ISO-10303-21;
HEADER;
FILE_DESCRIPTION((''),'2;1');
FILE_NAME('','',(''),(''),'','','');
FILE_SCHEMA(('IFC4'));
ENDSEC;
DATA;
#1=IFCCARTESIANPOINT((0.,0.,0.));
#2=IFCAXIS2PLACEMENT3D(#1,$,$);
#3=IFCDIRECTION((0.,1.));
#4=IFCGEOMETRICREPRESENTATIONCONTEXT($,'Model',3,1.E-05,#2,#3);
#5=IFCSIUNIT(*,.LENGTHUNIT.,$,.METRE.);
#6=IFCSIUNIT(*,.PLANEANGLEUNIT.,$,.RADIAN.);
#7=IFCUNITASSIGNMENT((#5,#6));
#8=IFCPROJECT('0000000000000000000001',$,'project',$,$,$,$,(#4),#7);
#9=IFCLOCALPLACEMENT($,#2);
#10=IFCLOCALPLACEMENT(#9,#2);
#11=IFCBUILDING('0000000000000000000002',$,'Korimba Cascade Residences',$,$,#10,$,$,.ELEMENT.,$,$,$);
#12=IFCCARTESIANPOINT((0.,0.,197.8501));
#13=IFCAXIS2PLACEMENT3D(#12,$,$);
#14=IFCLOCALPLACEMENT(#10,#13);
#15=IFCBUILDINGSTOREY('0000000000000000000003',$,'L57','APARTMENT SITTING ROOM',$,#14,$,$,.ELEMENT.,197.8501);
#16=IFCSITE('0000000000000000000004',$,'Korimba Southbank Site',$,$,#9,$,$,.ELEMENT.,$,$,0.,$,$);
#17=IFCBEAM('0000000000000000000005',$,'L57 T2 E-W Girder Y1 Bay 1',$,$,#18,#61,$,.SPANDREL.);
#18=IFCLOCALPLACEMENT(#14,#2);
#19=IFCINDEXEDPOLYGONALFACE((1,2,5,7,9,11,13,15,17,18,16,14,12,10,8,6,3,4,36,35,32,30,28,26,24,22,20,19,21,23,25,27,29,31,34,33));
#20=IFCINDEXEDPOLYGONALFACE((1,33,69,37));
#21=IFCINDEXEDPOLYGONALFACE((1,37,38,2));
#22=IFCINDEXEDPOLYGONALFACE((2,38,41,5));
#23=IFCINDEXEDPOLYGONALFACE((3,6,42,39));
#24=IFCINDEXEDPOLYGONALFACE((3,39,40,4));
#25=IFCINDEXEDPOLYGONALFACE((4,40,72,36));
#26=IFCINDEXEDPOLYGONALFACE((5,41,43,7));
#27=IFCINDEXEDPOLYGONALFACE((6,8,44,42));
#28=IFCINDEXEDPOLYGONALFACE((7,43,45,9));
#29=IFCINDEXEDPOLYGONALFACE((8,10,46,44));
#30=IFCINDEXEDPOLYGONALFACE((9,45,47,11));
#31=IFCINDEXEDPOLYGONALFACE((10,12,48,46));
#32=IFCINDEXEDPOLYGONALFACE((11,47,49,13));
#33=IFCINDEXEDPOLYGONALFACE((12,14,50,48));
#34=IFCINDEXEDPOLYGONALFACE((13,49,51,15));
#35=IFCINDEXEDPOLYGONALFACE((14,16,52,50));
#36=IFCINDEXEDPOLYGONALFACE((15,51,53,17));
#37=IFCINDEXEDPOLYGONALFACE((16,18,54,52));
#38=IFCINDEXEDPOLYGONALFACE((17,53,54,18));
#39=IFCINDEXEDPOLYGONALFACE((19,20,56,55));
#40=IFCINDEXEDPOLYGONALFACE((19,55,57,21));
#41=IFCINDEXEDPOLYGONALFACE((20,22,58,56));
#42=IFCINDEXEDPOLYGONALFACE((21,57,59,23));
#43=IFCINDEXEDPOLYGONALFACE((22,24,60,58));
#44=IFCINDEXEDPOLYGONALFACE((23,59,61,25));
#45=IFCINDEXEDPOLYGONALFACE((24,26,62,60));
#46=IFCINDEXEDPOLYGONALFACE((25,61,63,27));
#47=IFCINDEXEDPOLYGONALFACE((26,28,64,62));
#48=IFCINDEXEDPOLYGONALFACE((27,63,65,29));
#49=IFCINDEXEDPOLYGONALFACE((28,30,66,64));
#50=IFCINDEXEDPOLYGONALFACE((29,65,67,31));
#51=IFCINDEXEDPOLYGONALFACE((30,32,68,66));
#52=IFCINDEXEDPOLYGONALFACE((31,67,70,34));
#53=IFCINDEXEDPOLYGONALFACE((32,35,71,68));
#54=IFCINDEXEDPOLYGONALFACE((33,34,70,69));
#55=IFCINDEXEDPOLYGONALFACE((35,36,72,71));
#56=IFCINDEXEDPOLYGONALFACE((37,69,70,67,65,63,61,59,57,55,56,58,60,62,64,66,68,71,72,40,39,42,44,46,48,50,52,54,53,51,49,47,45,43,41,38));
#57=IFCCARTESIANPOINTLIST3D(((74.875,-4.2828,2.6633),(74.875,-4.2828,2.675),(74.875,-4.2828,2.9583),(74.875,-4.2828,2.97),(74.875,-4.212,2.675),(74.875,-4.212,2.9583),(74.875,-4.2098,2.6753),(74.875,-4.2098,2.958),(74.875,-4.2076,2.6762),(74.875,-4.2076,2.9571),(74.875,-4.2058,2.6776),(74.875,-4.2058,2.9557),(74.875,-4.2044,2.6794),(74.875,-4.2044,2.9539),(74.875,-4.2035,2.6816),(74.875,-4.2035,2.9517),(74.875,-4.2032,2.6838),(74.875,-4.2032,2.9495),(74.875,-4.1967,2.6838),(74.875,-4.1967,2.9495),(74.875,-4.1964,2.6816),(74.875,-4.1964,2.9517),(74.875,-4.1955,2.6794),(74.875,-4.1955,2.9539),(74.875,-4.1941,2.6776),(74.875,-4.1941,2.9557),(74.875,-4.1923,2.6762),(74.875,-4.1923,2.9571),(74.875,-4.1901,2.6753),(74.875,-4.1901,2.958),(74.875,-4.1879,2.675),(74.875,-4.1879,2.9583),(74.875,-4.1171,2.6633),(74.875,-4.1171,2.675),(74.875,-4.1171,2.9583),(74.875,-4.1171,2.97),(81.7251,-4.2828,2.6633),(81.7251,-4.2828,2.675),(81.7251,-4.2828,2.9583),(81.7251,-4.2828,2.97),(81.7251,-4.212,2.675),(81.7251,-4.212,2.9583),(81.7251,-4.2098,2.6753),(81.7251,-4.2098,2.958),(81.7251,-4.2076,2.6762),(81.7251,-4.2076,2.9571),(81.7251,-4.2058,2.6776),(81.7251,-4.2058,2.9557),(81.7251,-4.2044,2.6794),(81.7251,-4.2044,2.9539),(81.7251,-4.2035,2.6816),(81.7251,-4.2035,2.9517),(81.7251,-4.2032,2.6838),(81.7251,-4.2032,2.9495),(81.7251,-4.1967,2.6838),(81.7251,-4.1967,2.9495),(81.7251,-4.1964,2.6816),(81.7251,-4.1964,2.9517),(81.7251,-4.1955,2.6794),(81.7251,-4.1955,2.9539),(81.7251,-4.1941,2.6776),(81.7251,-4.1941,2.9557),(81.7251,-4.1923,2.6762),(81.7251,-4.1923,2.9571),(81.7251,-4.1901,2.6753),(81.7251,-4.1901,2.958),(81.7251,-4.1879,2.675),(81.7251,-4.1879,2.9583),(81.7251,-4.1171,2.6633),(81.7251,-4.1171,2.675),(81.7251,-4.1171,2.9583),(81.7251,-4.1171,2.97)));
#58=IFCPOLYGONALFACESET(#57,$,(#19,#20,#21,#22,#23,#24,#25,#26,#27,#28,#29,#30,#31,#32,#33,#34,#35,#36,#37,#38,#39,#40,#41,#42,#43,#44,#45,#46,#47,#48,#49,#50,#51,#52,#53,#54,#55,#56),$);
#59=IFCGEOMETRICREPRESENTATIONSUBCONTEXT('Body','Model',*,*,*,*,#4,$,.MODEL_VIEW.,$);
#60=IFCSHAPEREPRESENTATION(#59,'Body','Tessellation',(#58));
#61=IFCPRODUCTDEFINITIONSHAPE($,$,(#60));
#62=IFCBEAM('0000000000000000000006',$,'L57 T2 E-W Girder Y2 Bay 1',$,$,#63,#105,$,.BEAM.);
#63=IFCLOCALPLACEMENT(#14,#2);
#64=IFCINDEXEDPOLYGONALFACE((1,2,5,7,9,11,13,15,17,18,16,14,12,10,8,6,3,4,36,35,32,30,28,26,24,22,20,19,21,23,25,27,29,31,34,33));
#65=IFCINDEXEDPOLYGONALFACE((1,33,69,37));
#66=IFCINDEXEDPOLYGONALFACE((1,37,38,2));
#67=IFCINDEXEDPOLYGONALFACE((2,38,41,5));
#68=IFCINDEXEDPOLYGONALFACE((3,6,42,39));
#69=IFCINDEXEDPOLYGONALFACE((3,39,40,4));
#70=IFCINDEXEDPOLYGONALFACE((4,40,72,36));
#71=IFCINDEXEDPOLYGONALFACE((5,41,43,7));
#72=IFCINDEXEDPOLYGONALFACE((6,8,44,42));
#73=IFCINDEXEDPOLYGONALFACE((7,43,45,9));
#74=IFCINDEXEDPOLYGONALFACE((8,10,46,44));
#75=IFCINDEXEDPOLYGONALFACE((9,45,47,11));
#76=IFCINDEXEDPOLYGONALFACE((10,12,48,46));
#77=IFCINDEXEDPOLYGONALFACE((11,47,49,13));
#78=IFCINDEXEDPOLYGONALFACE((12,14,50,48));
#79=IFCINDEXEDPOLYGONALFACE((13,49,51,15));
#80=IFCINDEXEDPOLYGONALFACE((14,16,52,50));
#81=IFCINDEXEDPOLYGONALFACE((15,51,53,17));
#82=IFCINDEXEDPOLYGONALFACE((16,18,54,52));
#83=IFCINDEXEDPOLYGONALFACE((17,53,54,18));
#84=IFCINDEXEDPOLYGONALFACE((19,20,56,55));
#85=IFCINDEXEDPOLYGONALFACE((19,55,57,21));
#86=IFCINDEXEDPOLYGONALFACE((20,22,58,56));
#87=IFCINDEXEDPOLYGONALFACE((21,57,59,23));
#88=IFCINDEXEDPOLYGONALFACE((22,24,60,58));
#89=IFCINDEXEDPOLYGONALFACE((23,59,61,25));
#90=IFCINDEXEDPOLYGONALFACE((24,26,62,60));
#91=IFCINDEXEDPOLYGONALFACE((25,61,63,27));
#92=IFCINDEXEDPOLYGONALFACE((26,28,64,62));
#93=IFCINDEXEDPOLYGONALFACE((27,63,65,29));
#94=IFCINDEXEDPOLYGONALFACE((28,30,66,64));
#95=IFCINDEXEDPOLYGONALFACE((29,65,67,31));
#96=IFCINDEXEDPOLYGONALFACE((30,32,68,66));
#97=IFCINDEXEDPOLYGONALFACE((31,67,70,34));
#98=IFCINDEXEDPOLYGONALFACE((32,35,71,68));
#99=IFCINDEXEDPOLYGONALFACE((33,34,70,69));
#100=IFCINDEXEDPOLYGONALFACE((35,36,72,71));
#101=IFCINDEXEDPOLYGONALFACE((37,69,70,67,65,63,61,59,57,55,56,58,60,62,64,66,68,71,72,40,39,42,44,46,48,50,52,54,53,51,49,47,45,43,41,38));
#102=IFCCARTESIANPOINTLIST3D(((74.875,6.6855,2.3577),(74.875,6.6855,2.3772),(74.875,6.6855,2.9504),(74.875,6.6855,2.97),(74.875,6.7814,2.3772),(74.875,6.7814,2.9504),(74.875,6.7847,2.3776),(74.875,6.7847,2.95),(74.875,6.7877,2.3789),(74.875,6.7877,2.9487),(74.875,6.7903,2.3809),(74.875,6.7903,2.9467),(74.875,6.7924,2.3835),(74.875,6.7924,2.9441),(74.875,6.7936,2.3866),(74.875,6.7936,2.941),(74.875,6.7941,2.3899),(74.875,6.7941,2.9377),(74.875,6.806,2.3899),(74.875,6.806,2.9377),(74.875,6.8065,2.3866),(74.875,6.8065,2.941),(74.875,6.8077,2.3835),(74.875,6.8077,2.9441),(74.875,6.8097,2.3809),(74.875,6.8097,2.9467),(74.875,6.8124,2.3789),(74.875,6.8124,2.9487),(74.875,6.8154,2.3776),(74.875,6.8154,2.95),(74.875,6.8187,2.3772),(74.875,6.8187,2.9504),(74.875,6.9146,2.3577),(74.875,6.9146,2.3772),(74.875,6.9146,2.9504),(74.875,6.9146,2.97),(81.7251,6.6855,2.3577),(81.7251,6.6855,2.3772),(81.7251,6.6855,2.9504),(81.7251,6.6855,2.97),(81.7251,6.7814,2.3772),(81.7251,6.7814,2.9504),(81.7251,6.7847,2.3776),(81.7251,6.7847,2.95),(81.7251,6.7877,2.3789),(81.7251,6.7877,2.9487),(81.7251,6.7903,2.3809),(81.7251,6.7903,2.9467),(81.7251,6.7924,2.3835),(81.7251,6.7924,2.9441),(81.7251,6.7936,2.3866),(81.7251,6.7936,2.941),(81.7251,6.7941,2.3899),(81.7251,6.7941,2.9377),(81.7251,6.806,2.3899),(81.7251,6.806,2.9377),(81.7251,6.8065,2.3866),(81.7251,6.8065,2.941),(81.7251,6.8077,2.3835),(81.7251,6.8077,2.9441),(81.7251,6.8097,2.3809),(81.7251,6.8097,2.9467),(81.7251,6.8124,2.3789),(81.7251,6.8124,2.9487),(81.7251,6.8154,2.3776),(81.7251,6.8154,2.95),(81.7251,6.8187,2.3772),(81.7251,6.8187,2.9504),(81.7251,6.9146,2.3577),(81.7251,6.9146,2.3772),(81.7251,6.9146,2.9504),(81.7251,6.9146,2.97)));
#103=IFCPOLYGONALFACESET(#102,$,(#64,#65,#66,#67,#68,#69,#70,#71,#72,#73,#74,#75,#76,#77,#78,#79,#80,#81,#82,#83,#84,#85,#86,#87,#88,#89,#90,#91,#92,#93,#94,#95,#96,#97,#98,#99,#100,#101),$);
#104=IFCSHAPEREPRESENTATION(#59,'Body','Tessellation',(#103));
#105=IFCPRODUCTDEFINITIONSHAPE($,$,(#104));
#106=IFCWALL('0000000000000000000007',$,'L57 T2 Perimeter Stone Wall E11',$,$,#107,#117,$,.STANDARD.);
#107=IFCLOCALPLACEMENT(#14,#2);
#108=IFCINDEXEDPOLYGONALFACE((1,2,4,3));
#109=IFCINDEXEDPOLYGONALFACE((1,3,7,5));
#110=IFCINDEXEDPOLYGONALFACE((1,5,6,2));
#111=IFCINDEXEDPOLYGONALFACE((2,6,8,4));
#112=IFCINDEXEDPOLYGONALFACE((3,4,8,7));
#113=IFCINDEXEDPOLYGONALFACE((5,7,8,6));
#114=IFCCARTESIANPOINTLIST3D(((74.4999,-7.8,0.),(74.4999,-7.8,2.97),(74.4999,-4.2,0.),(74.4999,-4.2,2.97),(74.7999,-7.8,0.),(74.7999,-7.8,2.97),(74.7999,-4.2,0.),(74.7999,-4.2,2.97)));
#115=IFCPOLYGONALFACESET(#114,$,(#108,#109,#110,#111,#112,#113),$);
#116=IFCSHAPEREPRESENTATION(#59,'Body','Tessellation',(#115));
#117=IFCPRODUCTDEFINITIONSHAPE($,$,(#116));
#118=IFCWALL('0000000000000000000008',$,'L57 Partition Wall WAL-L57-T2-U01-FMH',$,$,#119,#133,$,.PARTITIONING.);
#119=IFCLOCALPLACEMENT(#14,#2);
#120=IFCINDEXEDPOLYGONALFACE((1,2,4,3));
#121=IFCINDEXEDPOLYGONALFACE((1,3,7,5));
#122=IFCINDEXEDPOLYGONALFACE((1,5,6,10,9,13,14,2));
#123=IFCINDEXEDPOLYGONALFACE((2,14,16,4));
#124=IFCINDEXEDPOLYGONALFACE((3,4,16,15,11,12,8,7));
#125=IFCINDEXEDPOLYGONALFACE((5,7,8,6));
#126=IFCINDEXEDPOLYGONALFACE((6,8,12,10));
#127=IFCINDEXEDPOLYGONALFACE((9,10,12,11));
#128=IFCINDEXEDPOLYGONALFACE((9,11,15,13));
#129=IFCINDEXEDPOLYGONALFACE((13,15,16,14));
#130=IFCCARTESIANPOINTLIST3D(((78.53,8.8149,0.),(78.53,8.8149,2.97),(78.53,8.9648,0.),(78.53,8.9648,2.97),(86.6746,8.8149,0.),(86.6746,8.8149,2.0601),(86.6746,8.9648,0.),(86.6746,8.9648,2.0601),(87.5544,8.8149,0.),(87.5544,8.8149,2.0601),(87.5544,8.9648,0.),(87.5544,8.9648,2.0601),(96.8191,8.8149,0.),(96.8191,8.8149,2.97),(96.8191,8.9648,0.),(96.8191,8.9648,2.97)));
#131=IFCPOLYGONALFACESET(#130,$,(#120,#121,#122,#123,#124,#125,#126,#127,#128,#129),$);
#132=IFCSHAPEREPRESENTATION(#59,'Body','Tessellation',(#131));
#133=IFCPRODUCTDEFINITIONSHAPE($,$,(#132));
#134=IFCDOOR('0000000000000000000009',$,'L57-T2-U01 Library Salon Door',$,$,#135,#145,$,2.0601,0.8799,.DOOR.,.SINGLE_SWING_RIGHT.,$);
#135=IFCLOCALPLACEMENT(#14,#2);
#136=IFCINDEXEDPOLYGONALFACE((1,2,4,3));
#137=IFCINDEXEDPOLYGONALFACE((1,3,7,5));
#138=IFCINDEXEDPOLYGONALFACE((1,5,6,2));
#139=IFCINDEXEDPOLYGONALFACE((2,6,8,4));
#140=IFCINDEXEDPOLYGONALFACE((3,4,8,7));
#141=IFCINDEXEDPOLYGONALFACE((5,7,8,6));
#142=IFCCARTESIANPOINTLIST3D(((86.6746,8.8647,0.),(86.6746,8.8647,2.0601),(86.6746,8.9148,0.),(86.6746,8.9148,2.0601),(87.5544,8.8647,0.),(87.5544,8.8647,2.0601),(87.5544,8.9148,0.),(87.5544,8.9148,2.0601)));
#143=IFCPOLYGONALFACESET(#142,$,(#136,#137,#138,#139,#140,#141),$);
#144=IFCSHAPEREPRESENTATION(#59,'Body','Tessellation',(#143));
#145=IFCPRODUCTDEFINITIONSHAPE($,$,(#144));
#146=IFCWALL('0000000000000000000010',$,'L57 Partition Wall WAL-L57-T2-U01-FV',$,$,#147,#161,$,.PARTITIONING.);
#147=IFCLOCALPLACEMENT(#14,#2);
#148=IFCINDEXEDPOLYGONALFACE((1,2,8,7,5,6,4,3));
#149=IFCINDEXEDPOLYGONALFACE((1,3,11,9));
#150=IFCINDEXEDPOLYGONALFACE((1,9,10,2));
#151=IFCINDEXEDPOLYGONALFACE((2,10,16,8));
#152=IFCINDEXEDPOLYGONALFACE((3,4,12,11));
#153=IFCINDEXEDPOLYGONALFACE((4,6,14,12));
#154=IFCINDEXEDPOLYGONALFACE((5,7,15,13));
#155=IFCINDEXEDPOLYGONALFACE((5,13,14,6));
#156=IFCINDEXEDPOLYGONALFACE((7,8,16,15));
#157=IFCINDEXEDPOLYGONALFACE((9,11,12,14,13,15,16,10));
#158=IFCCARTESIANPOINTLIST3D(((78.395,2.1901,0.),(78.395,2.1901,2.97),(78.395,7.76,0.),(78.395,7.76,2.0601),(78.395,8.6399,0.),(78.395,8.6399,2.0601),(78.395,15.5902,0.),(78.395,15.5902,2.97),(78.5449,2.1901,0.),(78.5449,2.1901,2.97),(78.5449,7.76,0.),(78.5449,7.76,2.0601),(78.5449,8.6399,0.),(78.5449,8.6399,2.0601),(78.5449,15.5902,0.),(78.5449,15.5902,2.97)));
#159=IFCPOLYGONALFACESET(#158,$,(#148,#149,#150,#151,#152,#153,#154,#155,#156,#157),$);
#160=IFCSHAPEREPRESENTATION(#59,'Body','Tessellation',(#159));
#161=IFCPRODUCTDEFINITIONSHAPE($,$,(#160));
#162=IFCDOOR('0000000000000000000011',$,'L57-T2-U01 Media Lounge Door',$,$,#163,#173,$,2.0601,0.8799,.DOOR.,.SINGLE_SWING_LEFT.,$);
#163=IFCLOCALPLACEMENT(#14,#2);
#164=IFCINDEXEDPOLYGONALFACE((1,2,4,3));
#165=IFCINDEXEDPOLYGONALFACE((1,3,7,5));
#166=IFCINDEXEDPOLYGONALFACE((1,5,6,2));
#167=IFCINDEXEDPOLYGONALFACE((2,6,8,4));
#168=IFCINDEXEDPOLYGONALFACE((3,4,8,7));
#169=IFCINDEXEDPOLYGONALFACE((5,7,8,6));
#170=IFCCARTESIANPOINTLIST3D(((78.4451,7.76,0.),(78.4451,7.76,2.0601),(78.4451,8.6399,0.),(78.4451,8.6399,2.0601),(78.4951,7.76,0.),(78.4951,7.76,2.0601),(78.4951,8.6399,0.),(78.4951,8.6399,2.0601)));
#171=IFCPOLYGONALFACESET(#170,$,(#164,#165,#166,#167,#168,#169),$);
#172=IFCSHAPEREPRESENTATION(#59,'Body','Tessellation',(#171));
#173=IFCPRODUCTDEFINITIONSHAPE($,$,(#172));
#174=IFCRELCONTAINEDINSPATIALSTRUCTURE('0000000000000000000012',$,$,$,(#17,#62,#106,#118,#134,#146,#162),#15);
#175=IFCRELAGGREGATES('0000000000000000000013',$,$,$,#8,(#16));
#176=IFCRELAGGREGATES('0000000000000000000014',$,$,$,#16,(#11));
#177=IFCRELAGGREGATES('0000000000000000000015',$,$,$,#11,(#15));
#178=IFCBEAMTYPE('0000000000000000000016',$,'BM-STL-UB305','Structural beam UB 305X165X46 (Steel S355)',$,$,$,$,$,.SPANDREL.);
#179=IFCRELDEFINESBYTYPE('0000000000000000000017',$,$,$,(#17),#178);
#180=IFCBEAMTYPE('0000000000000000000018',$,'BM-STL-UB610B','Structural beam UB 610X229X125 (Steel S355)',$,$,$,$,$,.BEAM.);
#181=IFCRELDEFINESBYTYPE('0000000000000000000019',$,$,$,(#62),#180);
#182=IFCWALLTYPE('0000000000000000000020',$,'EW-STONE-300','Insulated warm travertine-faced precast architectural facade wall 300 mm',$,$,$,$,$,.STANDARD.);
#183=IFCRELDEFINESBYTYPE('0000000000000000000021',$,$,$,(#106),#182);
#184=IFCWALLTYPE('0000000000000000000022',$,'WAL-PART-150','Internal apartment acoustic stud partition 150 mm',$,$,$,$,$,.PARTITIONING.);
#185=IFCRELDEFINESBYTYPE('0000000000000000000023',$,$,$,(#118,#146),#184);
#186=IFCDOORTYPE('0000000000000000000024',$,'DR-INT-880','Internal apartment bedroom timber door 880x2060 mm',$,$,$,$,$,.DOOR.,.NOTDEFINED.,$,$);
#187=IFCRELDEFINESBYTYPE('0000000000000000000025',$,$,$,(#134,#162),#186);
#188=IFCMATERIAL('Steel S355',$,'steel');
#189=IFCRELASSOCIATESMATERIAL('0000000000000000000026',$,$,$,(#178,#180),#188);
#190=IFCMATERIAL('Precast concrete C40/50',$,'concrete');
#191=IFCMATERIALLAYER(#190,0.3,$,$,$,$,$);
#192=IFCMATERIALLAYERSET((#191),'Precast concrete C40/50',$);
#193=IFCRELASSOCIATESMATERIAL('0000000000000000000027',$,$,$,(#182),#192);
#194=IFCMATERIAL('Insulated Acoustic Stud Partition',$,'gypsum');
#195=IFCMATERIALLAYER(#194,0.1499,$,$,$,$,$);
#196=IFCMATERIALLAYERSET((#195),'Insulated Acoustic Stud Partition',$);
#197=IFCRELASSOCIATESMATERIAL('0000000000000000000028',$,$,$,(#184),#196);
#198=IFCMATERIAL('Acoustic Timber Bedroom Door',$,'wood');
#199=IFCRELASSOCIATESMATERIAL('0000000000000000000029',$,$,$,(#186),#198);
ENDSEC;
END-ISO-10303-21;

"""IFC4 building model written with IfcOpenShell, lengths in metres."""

from ifc_helpers import new_model, si_unit, direction, frame, frame_2d, origin, origin_2d, place, context, subcontext, project, spatial, rectangle, i_section, extrude, material, layer, layer_set, material_profile, profile_set, type_object, element, fill, save


model = new_model("IFC4")

# Units and contexts
model_context = context("Model", 3, precision=1e-05, world=origin(), true_north=direction((0.0, 1.0)))
body_context = subcontext(model_context, "Body", "Model", "MODEL_VIEW")
ifc_project = project(units=[si_unit("LENGTHUNIT", "METRE"), si_unit("PLANEANGLEUNIT", "RADIAN")], contexts=[model_context])

# Site, building, storey
site_placement = place(None, origin())
site = spatial("IfcSite", under=ifc_project, at=site_placement, Name="Korimba Southbank Site", CompositionType="ELEMENT", RefElevation=0.0)
building_placement = place(site_placement, origin())
building = spatial("IfcBuilding", under=site, at=building_placement, Name="Korimba Cascade Residences", CompositionType="ELEMENT")
storey_placement = place(building_placement, frame((0.0, 0.0, 197.8501)))
storey = spatial("IfcBuildingStorey", under=building, at=storey_placement, Name="L57", Description="APARTMENT SITTING ROOM", CompositionType="ELEMENT", Elevation=197.8501)

# Beams
ifc_material_1 = material(Name="Steel S355", Category="steel")
ifc_material_profile_1 = material_profile(ifc_material_1, i_section(OverallWidth=0.1658, OverallDepth=0.3066, WebThickness=0.0066, FlangeThickness=0.0117, FilletRadius=0.0088, at=origin_2d()), Name="Steel S355")
ifc_profile_set_1 = profile_set([ifc_material_profile_1], Name="Steel S355")
beam_type_1 = type_object("IfcBeamType", Name="BM-STL-UB305", Description="Structural beam UB 305X165X46 (Steel S355)", PredefinedType="SPANDREL", material=ifc_profile_set_1)
beam_1_placement = place(storey_placement, frame((74.875, -4.2, 2.8167), z_axis=(1.0, 0.0, 0.0), x_axis=(0.0, 1.0, 0.0)))
element("IfcBeam", 1, at=beam_1_placement, inside=storey, type_object=beam_type_1, Name="L57 T2 E-W Girder Y1 Bay 1", PredefinedType="SPANDREL", context=body_context, shape_type="SweptSolid", body=[
    extrude(i_section(OverallWidth=0.1658, OverallDepth=0.3066, WebThickness=0.0066, FlangeThickness=0.0117, FilletRadius=0.0088, at=origin_2d()), origin(), (0.0, 0.0, 1.0), 6.8501),
])
ifc_material_profile_2 = material_profile(ifc_material_1, i_section(OverallWidth=0.229, OverallDepth=0.6123, WebThickness=0.012, FlangeThickness=0.0195, FilletRadius=0.0127, at=origin_2d()), Name="Steel S355")
ifc_profile_set_2 = profile_set([ifc_material_profile_2], Name="Steel S355")
beam_type_2 = type_object("IfcBeamType", Name="BM-STL-UB610B", Description="Structural beam UB 610X229X125 (Steel S355)", PredefinedType="BEAM", material=ifc_profile_set_2)
beam_2_placement = place(storey_placement, frame((74.875, 6.8, 2.6638), z_axis=(1.0, 0.0, 0.0), x_axis=(0.0, 1.0, 0.0)))
element("IfcBeam", 2, at=beam_2_placement, inside=storey, type_object=beam_type_2, Name="L57 T2 E-W Girder Y2 Bay 1", PredefinedType="BEAM", context=body_context, shape_type="SweptSolid", body=[
    extrude(i_section(OverallWidth=0.229, OverallDepth=0.6123, WebThickness=0.012, FlangeThickness=0.0195, FilletRadius=0.0127, at=origin_2d()), origin(), (0.0, 0.0, 1.0), 6.8501),
])

# Wall
ifc_material_2 = material(Name="Precast concrete C40/50", Category="concrete")
ifc_layer_1 = layer(ifc_material_2, 0.3)
ifc_layer_set_1 = layer_set([ifc_layer_1], Name="Precast concrete C40/50")
wall_type_1 = type_object("IfcWallType", Name="EW-STONE-300", Description="Insulated warm travertine-faced precast architectural facade wall 300 mm", PredefinedType="STANDARD", material=ifc_layer_set_1)
wall_1_placement = place(storey_placement, frame((74.6499, -4.2, 0.0), z_axis=(0.0, 0.0, 1.0), x_axis=(0.0, -1.0, 0.0)))
element("IfcWall", 3, at=wall_1_placement, inside=storey, type_object=wall_type_1, Name="L57 T2 Perimeter Stone Wall E11", PredefinedType="STANDARD", context=body_context, shape_type="SweptSolid", body=[
    extrude(rectangle(XDim=3.6001, YDim=0.3, at=frame_2d((1.8, 0.0))), origin(), (0.0, 0.0, 1.0), 2.97),
])

# Walls, openings, doors
ifc_material_3 = material(Name="Insulated Acoustic Stud Partition", Category="gypsum")
ifc_layer_2 = layer(ifc_material_3, 0.1499)
ifc_layer_set_2 = layer_set([ifc_layer_2], Name="Insulated Acoustic Stud Partition")
wall_type_2 = type_object("IfcWallType", Name="WAL-PART-150", Description="Internal apartment acoustic stud partition 150 mm", PredefinedType="PARTITIONING", material=ifc_layer_set_2)
wall_2_placement = place(storey_placement, frame((78.53, 8.8899, 0.0), z_axis=(0.0, 0.0, 1.0), x_axis=(1.0, 0.0, 0.0)))
wall_2 = element("IfcWall", 4, at=wall_2_placement, inside=storey, type_object=wall_type_2, Name="L57 Partition Wall WAL-L57-T2-U01-FMH", PredefinedType="PARTITIONING", context=body_context, shape_type="SweptSolid", body=[
    extrude(rectangle(XDim=18.2891, YDim=0.1499, at=frame_2d((9.1445, 0.0))), origin(), (0.0, 0.0, 1.0), 2.97),
])
opening_1_placement = place(wall_2_placement, frame((8.1445, 0.0, 0.0)))
opening_1 = element("IfcOpeningElement", 5, at=opening_1_placement, cuts=wall_2, PredefinedType="OPENING", context=body_context, shape_type="SweptSolid", body=[
    extrude(rectangle(XDim=0.8799, YDim=2.0601, at=frame_2d((0.4399, 1.03))), frame((0.0, 0.085, 0.0), z_axis=(0.0, -1.0, 0.0), x_axis=(1.0, 0.0, 0.0)), (0.0, 0.0, 1.0), 0.1699),
])
ifc_material_4 = material(Name="Acoustic Timber Bedroom Door", Category="wood")
door_type_1 = type_object("IfcDoorType", Name="DR-INT-880", Description="Internal apartment bedroom timber door 880x2060 mm", OperationType="NOTDEFINED", PredefinedType="DOOR", material=ifc_material_4)
door_1_placement = place(opening_1_placement, origin())
door_1 = element("IfcDoor", 6, at=door_1_placement, inside=storey, type_object=door_type_1, Name="L57-T2-U01 Library Salon Door", OperationType="SINGLE_SWING_RIGHT", OverallHeight=2.0601, OverallWidth=0.8799, PredefinedType="DOOR", context=body_context, shape_type="SweptSolid", body=[
    extrude(rectangle(XDim=0.8799, YDim=2.0601, at=frame_2d((0.4399, 1.03))), frame((0.0, 0.0249, 0.0), z_axis=(0.0, -1.0, 0.0), x_axis=(1.0, 0.0, 0.0)), (0.0, 0.0, 1.0), 0.05),
])
fill(opening_1, door_1)
wall_3_placement = place(storey_placement, frame((78.47, 2.1899, 0.0), z_axis=(0.0, 0.0, 1.0), x_axis=(0.0, 1.0, 0.0)))
wall_3 = element("IfcWall", 7, at=wall_3_placement, inside=storey, type_object=wall_type_2, Name="L57 Partition Wall WAL-L57-T2-U01-FV", PredefinedType="PARTITIONING", context=body_context, shape_type="SweptSolid", body=[
    extrude(rectangle(XDim=13.4001, YDim=0.1499, at=frame_2d((6.7002, 0.0))), origin(), (0.0, 0.0, 1.0), 2.97),
])
opening_2_placement = place(wall_3_placement, frame((5.5701, 0.0, 0.0)))
opening_2 = element("IfcOpeningElement", 8, at=opening_2_placement, cuts=wall_3, PredefinedType="OPENING", context=body_context, shape_type="SweptSolid", body=[
    extrude(rectangle(XDim=0.8799, YDim=2.0601, at=frame_2d((0.4399, 1.03))), frame((0.0, 0.085, 0.0), z_axis=(0.0, -1.0, 0.0), x_axis=(1.0, 0.0, 0.0)), (0.0, 0.0, 1.0), 0.1699),
])
door_2_placement = place(opening_2_placement, origin())
door_2 = element("IfcDoor", 9, at=door_2_placement, inside=storey, type_object=door_type_1, Name="L57-T2-U01 Media Lounge Door", OperationType="SINGLE_SWING_LEFT", OverallHeight=2.0601, OverallWidth=0.8799, PredefinedType="DOOR", context=body_context, shape_type="SweptSolid", body=[
    extrude(rectangle(XDim=0.8799, YDim=2.0601, at=frame_2d((0.4399, 1.03))), frame((0.0, 0.0249, 0.0), z_axis=(0.0, -1.0, 0.0), x_axis=(1.0, 0.0, 0.0)), (0.0, 0.0, 1.0), 0.05),
])
fill(opening_2, door_2)

save(model, "model.ifc")
